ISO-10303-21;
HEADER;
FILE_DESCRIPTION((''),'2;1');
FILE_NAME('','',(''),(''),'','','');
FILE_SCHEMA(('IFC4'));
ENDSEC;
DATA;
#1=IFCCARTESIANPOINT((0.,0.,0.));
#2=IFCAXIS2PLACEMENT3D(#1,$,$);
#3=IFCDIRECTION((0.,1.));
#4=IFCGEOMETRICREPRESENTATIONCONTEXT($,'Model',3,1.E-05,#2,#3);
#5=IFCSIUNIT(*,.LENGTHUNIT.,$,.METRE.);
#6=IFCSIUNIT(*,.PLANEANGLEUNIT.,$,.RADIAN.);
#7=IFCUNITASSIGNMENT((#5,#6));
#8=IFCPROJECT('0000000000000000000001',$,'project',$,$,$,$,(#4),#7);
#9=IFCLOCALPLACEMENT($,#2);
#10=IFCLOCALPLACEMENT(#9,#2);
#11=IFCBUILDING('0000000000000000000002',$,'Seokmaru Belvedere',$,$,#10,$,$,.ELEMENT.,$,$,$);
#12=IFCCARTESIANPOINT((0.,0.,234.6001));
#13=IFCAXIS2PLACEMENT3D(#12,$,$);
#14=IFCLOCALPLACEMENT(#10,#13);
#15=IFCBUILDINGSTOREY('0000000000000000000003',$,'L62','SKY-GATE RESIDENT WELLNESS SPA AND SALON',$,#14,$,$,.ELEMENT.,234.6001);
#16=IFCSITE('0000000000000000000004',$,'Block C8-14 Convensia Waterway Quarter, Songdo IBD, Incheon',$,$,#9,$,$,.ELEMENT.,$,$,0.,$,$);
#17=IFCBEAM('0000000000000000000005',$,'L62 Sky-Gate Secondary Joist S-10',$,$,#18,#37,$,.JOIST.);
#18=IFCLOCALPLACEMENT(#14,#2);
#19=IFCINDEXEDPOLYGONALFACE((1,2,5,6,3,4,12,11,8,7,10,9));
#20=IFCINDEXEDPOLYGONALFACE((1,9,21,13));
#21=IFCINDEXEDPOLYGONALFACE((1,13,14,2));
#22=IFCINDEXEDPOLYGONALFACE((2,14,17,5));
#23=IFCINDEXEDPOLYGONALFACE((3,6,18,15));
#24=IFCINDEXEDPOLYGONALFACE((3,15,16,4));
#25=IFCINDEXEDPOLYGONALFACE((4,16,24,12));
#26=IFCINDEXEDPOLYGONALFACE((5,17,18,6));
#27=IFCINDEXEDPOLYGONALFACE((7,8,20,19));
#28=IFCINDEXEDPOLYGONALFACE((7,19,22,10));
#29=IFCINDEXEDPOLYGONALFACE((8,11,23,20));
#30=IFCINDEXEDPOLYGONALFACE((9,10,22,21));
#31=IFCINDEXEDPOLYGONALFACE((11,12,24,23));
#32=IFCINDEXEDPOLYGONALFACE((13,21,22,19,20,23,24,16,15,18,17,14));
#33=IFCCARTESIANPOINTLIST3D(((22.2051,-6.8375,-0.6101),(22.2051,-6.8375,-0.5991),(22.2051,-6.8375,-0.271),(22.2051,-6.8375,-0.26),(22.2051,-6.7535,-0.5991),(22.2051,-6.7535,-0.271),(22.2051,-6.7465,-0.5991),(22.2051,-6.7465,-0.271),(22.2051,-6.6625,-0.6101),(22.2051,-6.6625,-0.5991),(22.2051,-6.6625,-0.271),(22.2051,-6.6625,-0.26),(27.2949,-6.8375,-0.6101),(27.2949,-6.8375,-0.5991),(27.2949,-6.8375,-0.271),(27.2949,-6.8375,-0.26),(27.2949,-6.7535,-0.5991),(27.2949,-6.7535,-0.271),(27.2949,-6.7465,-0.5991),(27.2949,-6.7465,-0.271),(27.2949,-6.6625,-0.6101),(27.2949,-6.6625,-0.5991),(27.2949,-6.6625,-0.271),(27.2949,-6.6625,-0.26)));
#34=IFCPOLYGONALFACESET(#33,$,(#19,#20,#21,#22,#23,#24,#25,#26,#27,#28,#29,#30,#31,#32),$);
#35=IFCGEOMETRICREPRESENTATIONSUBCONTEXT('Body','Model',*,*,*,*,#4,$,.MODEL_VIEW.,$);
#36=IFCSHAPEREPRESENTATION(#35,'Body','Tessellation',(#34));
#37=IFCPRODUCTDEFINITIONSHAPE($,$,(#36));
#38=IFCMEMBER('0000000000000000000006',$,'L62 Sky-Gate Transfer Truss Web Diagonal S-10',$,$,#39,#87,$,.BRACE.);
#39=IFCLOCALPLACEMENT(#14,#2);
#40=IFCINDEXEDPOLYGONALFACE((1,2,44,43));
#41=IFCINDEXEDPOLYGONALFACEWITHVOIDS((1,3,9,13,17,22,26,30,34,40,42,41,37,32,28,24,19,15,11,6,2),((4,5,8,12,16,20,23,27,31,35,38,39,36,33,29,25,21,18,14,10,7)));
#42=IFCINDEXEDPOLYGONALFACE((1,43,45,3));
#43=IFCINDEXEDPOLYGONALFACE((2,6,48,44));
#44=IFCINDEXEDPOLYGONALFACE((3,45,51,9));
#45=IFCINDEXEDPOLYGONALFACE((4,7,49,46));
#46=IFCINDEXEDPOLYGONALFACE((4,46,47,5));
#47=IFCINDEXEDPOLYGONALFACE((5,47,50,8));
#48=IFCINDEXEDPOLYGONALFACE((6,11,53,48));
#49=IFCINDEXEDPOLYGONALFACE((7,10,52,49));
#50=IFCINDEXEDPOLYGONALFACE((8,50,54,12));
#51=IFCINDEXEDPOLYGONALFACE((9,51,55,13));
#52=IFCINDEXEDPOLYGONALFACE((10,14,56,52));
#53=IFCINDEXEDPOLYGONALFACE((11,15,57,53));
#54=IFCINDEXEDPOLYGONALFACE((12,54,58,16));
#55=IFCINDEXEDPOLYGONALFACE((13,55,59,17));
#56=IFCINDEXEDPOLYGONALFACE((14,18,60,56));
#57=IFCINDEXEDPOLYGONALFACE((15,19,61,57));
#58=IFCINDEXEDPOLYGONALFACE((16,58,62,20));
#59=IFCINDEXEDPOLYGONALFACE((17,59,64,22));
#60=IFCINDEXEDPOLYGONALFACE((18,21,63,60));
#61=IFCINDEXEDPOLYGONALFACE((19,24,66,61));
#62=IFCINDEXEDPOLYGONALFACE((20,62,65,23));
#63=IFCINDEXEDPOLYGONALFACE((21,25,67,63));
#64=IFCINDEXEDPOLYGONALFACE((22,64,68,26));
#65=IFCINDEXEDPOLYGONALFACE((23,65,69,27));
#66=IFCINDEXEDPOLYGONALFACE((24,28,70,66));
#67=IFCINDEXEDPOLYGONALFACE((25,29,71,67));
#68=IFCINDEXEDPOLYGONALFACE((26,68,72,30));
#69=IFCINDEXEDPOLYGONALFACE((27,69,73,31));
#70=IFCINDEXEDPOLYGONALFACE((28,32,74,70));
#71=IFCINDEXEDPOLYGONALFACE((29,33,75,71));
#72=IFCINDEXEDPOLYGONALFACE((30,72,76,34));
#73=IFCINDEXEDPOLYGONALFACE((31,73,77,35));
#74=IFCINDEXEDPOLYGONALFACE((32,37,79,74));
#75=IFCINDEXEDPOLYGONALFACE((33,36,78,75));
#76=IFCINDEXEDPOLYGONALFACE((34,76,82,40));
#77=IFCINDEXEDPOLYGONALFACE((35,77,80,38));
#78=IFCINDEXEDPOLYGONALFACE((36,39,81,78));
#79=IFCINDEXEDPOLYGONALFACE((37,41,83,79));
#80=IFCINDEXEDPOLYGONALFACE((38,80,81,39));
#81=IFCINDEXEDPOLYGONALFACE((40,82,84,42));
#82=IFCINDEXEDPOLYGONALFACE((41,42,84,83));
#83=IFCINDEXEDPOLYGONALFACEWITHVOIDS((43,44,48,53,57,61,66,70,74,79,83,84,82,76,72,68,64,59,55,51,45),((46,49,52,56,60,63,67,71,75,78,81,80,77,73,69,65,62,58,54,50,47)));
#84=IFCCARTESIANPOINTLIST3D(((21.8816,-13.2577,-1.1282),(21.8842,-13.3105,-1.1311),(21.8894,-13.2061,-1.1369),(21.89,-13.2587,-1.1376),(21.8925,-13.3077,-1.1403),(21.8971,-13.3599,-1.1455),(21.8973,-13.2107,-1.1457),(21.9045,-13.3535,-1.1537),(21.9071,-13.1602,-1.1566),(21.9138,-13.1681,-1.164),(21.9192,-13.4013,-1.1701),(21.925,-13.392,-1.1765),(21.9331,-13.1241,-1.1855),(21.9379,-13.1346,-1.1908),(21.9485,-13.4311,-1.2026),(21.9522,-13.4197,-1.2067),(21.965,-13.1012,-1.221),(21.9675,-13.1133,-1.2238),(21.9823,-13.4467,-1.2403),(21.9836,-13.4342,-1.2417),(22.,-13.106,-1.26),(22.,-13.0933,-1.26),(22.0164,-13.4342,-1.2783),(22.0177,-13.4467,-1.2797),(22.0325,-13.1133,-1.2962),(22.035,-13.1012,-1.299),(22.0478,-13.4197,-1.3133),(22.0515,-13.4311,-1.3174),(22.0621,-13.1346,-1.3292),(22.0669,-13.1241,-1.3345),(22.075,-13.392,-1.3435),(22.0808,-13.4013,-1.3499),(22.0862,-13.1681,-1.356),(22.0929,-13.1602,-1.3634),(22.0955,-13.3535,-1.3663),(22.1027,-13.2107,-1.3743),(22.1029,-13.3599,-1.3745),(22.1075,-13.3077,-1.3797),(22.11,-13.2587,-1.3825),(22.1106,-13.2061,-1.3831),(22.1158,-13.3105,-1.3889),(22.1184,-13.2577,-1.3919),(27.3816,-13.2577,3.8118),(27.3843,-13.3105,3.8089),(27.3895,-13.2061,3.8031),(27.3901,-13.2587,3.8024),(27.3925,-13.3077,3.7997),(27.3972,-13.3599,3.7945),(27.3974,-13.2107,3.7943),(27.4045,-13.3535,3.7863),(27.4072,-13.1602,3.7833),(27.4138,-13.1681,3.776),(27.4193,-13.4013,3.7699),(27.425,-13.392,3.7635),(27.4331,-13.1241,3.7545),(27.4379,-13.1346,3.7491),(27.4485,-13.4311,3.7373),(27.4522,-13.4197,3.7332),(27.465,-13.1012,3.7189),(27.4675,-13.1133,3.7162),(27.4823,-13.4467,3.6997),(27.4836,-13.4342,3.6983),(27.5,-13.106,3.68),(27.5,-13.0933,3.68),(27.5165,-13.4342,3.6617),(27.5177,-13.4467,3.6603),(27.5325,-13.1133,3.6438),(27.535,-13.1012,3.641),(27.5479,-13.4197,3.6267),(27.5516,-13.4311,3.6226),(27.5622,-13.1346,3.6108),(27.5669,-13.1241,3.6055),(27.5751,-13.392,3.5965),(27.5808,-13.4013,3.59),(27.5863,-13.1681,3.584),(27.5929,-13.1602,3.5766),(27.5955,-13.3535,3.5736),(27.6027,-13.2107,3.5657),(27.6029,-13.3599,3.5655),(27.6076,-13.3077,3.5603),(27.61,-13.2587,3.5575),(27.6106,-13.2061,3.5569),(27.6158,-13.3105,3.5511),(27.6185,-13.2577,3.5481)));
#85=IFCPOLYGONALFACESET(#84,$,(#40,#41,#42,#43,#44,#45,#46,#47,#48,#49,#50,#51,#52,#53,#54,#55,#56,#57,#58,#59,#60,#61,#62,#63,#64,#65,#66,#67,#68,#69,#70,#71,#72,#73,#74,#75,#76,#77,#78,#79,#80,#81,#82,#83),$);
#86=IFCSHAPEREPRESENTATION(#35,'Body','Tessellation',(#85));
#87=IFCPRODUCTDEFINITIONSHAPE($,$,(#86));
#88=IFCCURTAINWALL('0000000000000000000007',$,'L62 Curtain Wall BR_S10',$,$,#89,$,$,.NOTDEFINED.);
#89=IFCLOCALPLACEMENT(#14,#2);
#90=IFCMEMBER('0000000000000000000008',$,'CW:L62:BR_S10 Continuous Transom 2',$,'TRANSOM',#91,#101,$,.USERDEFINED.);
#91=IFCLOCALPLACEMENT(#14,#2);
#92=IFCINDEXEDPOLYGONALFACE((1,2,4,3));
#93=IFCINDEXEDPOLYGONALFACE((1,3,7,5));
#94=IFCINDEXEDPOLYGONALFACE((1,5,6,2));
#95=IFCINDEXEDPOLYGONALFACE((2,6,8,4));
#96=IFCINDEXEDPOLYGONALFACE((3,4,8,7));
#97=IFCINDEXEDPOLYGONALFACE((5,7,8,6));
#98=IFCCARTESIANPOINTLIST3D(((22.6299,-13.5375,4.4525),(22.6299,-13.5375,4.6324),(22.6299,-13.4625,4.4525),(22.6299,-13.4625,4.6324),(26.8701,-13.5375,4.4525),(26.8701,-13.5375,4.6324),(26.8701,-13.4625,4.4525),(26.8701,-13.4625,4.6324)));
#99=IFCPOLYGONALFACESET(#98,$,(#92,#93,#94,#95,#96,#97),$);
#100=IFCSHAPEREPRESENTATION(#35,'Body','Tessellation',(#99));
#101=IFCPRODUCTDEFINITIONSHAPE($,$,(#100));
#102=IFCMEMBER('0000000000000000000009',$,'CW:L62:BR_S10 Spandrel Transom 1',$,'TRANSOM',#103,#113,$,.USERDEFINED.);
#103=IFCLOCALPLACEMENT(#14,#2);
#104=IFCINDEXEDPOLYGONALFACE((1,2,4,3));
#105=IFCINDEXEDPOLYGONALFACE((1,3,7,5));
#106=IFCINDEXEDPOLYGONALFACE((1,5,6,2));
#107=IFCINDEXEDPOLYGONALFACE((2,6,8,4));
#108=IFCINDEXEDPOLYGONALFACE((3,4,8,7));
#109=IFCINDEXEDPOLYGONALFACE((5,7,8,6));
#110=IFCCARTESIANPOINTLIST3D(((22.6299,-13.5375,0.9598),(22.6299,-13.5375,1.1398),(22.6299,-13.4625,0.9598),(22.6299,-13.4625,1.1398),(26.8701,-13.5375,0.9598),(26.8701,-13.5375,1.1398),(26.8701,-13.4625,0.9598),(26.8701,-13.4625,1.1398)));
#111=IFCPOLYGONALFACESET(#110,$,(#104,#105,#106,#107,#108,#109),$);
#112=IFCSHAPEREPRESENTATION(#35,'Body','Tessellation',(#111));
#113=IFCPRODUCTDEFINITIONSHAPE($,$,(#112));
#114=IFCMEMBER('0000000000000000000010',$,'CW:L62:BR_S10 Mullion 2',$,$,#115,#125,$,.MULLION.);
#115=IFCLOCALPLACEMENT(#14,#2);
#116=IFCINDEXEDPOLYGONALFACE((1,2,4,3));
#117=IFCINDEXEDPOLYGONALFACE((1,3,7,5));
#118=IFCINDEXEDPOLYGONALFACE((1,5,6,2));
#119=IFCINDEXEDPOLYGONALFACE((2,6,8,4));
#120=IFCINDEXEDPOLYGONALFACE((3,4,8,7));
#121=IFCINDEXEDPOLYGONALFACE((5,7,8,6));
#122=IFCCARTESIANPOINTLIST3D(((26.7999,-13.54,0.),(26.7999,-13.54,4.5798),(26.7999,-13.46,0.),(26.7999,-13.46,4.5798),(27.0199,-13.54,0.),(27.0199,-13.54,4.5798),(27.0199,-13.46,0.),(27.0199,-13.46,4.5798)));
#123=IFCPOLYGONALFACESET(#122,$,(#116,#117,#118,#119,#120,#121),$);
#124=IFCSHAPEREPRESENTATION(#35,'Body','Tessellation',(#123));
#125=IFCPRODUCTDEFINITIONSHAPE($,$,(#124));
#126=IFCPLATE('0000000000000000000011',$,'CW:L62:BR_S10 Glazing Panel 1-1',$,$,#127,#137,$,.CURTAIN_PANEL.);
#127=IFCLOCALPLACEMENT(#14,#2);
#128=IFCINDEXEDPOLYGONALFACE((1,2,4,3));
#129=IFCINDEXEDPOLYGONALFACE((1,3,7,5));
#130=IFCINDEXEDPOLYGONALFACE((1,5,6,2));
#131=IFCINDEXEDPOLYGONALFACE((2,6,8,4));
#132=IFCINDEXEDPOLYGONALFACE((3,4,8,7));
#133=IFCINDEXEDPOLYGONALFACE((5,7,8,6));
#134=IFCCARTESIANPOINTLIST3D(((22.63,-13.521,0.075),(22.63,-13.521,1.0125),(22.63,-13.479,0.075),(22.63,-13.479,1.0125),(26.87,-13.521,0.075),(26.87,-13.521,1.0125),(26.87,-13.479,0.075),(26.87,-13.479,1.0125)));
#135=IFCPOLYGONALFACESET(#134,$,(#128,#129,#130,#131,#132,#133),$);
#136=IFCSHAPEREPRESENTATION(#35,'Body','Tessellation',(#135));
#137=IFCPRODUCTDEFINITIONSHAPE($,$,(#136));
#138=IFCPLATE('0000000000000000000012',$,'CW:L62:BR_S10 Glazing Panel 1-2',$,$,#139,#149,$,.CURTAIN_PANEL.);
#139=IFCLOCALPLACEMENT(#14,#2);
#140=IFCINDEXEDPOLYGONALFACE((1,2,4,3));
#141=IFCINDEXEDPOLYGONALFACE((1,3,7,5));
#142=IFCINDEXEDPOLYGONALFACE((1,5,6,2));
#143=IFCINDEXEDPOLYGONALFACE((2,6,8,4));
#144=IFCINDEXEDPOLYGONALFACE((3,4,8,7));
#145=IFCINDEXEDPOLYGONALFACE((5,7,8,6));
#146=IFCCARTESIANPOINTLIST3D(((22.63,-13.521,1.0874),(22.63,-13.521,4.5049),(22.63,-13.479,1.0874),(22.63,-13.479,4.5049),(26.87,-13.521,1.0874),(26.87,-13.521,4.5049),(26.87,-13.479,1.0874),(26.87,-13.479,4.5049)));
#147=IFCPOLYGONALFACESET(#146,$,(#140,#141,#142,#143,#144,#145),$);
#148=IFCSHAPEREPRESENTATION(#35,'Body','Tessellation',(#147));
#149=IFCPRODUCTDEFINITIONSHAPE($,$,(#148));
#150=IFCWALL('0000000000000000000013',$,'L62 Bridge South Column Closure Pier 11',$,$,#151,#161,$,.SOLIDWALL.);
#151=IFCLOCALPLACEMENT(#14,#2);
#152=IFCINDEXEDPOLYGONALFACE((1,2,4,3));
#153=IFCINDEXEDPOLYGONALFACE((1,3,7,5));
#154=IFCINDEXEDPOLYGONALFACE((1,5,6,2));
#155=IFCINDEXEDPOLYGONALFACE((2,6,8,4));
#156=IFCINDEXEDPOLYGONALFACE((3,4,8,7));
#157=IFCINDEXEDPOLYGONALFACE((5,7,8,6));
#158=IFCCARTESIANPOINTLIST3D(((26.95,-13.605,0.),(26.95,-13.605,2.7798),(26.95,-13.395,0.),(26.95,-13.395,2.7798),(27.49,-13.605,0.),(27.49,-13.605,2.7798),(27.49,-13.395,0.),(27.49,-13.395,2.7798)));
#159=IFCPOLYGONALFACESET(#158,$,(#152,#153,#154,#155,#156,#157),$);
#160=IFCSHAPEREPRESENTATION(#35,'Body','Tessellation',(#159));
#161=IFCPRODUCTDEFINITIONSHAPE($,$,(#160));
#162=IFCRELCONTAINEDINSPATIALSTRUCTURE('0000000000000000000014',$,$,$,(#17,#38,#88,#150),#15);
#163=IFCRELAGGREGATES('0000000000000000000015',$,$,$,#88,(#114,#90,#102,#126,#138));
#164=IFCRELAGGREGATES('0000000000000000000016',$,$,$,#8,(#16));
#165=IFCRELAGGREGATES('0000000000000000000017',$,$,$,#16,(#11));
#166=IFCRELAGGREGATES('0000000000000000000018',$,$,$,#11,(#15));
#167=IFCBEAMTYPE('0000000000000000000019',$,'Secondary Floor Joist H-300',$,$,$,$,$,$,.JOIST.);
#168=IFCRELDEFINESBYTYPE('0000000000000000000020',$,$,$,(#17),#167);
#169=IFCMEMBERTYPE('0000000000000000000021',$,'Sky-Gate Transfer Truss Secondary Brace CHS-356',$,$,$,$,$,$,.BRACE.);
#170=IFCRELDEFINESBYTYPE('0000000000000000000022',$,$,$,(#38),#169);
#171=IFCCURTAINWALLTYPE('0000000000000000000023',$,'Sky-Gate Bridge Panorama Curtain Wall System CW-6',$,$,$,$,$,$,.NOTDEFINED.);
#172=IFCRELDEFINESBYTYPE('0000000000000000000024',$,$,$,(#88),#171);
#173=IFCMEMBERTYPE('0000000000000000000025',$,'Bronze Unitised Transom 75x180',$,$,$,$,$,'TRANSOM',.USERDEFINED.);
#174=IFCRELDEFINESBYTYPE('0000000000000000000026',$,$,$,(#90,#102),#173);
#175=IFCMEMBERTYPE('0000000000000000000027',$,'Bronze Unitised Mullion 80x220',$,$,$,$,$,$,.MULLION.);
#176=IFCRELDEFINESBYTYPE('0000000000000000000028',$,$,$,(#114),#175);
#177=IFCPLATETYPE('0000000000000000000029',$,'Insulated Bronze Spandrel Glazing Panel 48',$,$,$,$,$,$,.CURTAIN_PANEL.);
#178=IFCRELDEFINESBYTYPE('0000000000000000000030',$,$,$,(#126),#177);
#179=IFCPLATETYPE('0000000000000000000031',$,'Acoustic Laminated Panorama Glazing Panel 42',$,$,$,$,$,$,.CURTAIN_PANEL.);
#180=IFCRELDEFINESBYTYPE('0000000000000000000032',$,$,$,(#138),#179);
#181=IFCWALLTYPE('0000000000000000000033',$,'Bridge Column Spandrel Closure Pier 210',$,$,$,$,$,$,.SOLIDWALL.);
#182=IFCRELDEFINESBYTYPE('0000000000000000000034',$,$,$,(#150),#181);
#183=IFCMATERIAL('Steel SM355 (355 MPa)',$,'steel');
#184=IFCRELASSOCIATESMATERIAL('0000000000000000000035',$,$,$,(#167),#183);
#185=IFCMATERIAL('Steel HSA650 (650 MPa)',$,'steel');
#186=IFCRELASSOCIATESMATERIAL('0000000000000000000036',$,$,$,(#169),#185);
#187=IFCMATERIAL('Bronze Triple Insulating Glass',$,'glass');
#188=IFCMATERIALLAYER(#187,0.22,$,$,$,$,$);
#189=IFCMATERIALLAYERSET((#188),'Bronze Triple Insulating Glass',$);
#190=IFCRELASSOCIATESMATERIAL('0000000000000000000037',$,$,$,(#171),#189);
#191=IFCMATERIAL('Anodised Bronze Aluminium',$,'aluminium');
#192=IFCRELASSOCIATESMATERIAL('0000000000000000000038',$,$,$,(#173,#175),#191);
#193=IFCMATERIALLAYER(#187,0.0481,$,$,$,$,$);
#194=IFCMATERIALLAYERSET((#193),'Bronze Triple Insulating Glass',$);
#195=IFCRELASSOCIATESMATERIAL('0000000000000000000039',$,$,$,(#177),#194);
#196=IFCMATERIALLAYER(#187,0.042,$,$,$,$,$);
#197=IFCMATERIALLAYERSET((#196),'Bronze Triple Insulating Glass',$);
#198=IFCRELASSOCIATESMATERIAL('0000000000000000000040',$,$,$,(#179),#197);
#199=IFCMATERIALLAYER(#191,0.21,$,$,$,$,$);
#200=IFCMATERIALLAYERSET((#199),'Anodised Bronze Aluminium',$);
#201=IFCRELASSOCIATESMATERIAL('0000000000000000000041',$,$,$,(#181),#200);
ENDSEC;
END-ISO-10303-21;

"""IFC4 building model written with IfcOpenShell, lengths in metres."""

from ifc_helpers import new_model, si_unit, direction, frame, frame_2d, origin, origin_2d, place, context, subcontext, project, spatial, rectangle, hollow_circle, i_section, extrude, source, transform, mapped, material, layer, layer_set, material_profile, profile_set, type_object, type_shapes, element, aggregate, save


model = new_model("IFC4")

# Units and contexts
model_context = context("Model", 3, precision=1e-05, world=origin(), true_north=direction((0.0, 1.0)))
body_context = subcontext(model_context, "Body", "Model", "MODEL_VIEW")
ifc_project = project(units=[si_unit("LENGTHUNIT", "METRE"), si_unit("PLANEANGLEUNIT", "RADIAN")], contexts=[model_context])

# Site, building, storey
site_placement = place(None, origin())
site = spatial("IfcSite", under=ifc_project, at=site_placement, Name="Block C8-14 Convensia Waterway Quarter, Songdo IBD, Incheon", CompositionType="ELEMENT", RefElevation=0.0)
building_placement = place(site_placement, origin())
building = spatial("IfcBuilding", under=site, at=building_placement, Name="Seokmaru Belvedere", CompositionType="ELEMENT")
storey_placement = place(building_placement, frame((0.0, 0.0, 234.6001)))
storey = spatial("IfcBuildingStorey", under=building, at=storey_placement, Name="L62", Description="SKY-GATE RESIDENT WELLNESS SPA AND SALON", CompositionType="ELEMENT", Elevation=234.6001)

# Shared definitions
ifc_material_1 = material(Name="Steel SM355 (355 MPa)", Category="steel")

# Beam
ifc_material_2 = material(Name="Steel HSA650 (650 MPa)", Category="steel")
ifc_material_profile_1 = material_profile(ifc_material_1, i_section(OverallWidth=0.175, OverallDepth=0.3501, WebThickness=0.0071, FlangeThickness=0.011, at=origin_2d()), Name="H-350x175x7x11")
ifc_profile_set_1 = profile_set([ifc_material_profile_1], Name="Steel SM355 (355 MPa)")
beam_type_1 = type_object("IfcBeamType", Name="Secondary Floor Joist H-300", PredefinedType="JOIST", material=ifc_profile_set_1)
shared_shape_1 = source(origin(), body_context, "Body", "SweptSolid", [
    extrude(i_section(OverallWidth=0.175, OverallDepth=0.3501, WebThickness=0.0071, FlangeThickness=0.011, at=origin_2d()), origin(), (0.0, 0.0, 1.0), 5.0898),
])
type_shapes(beam_type_1, [shared_shape_1])
for number, where, z_axis, x_axis, name in (
    (1, (22.2051, -6.75, -0.4351), (1.0, 0.0, 0.0), (0.0, 1.0, 0.0), "L62 Sky-Gate Secondary Joist S-10"),
):
    element("IfcBeam", number, at=place(storey_placement, frame(where, z_axis=z_axis, x_axis=x_axis)), inside=storey, type_object=beam_type_1, Name=name, PredefinedType="JOIST", context=body_context, shape_type="MappedRepresentation", body=[
        mapped(shared_shape_1, transform((0.0, 0.0, 0.0), scale=1.0)),
    ])

# Member
ifc_material_profile_2 = material_profile(ifc_material_2, hollow_circle(Radius=0.1777, WallThickness=0.0127, at=origin_2d()), Name="CHS-355.6x12.7")
ifc_profile_set_2 = profile_set([ifc_material_profile_2], Name="Steel HSA650 (650 MPa)")
member_type_1 = type_object("IfcMemberType", Name="Sky-Gate Transfer Truss Secondary Brace CHS-356", PredefinedType="BRACE", material=ifc_profile_set_2)
shared_shape_2 = source(origin(), body_context, "Body", "SweptSolid", [
    extrude(hollow_circle(Radius=0.1777, WallThickness=0.0127, at=origin_2d()), origin(), (0.0, 0.0, 1.0), 7.3928),
])
type_shapes(member_type_1, [shared_shape_2])
member_1_placement = place(storey_placement, frame((22.0, -13.271, -1.26), z_axis=(0.74397, 0.0, 0.668213), x_axis=(0.0, 1.0, 0.0)))
element("IfcMember", 2, at=member_1_placement, inside=storey, type_object=member_type_1, Name="L62 Sky-Gate Transfer Truss Web Diagonal S-10", PredefinedType="BRACE", context=body_context, shape_type="MappedRepresentation", body=[
    mapped(shared_shape_2, transform((0.0, 0.0, 0.0), scale=1.0)),
])

# Curtain wall, members, plates
ifc_material_3 = material(Name="Bronze Triple Insulating Glass", Category="glass")
ifc_layer_1 = layer(ifc_material_3, 0.22)
ifc_layer_set_1 = layer_set([ifc_layer_1], Name="Bronze Triple Insulating Glass")
curtain_wall_type = type_object("IfcCurtainWallType", Name="Sky-Gate Bridge Panorama Curtain Wall System CW-6", PredefinedType="NOTDEFINED", material=ifc_layer_set_1)
curtain_wall_placement = place(storey_placement, origin())
curtain_wall = element("IfcCurtainWall", 3, at=curtain_wall_placement, inside=storey, type_object=curtain_wall_type, Name="L62 Curtain Wall BR_S10", PredefinedType="NOTDEFINED")
ifc_material_4 = material(Name="Anodised Bronze Aluminium", Category="aluminium")
ifc_material_profile_3 = material_profile(ifc_material_4, rectangle(XDim=0.075, YDim=0.1799, at=origin_2d()), Name="CW-T-75x180")
ifc_profile_set_3 = profile_set([ifc_material_profile_3], Name="Anodised Bronze Aluminium")
member_type_2 = type_object("IfcMemberType", Name="Bronze Unitised Transom 75x180", ElementType="TRANSOM", PredefinedType="USERDEFINED", material=ifc_profile_set_3)
shared_shape_3 = source(origin(), body_context, "Body", "SweptSolid", [
    extrude(rectangle(XDim=0.075, YDim=0.1799, at=origin_2d()), origin(), (0.0, 0.0, 1.0), 4.2402),
])
type_shapes(member_type_2, [shared_shape_3])
member_2_placement = place(storey_placement, frame((22.6299, -13.5, 4.5425), z_axis=(1.0, 0.0, 0.0), x_axis=(0.0, 1.0, 0.0)))
member_2 = element("IfcMember", 4, at=member_2_placement, type_object=member_type_2, Name="CW:L62:BR_S10 Continuous Transom 2", ObjectType="TRANSOM", PredefinedType="USERDEFINED", context=body_context, shape_type="MappedRepresentation", body=[
    mapped(shared_shape_3, transform((0.0, 0.0, 0.0), scale=1.0)),
])
member_3_placement = place(storey_placement, frame((22.6299, -13.5, 1.0498), z_axis=(1.0, 0.0, 0.0), x_axis=(0.0, 1.0, 0.0)))
member_3 = element("IfcMember", 5, at=member_3_placement, type_object=member_type_2, Name="CW:L62:BR_S10 Spandrel Transom 1", ObjectType="TRANSOM", PredefinedType="USERDEFINED", context=body_context, shape_type="MappedRepresentation", body=[
    mapped(shared_shape_3, transform((0.0, 0.0, 0.0), scale=1.0)),
])
ifc_material_profile_4 = material_profile(ifc_material_4, rectangle(XDim=0.0801, YDim=0.22, at=origin_2d()), Name="CW-M-80x220")
ifc_profile_set_4 = profile_set([ifc_material_profile_4], Name="Anodised Bronze Aluminium")
member_type_3 = type_object("IfcMemberType", Name="Bronze Unitised Mullion 80x220", PredefinedType="MULLION", material=ifc_profile_set_4)
shared_shape_4 = source(origin(), body_context, "Body", "SweptSolid", [
    extrude(rectangle(XDim=0.0801, YDim=0.22, at=origin_2d()), origin(), (0.0, 0.0, 1.0), 4.5798),
])
type_shapes(member_type_3, [shared_shape_4])
member_4_placement = place(storey_placement, frame((26.9099, -13.5, 0.0), z_axis=(0.0, 0.0, 1.0), x_axis=(0.0, 1.0, 0.0)))
member_4 = element("IfcMember", 6, at=member_4_placement, type_object=member_type_3, Name="CW:L62:BR_S10 Mullion 2", PredefinedType="MULLION", context=body_context, shape_type="MappedRepresentation", body=[
    mapped(shared_shape_4, transform((0.0, 0.0, 0.0), scale=1.0)),
])
ifc_layer_2 = layer(ifc_material_3, 0.0481)
ifc_layer_set_2 = layer_set([ifc_layer_2], Name="Bronze Triple Insulating Glass")
plate_type_1 = type_object("IfcPlateType", Name="Insulated Bronze Spandrel Glazing Panel 48", PredefinedType="CURTAIN_PANEL", material=ifc_layer_set_2)
shared_shape_5 = source(origin(), body_context, "Body", "SweptSolid", [
    extrude(rectangle(XDim=4.24, YDim=0.042, at=origin_2d()), origin(), (0.0, 0.0, 1.0), 0.9375),
])
type_shapes(plate_type_1, [shared_shape_5])
plate_1_placement = place(storey_placement, frame((24.75, -13.5, 0.075), z_axis=(0.0, 0.0, 1.0), x_axis=(1.0, 0.0, 0.0)))
plate_1 = element("IfcPlate", 7, at=plate_1_placement, type_object=plate_type_1, Name="CW:L62:BR_S10 Glazing Panel 1-1", PredefinedType="CURTAIN_PANEL", context=body_context, shape_type="MappedRepresentation", body=[
    mapped(shared_shape_5, transform((0.0, 0.0, 0.0), scale=1.0)),
])
ifc_layer_3 = layer(ifc_material_3, 0.042)
ifc_layer_set_3 = layer_set([ifc_layer_3], Name="Bronze Triple Insulating Glass")
plate_type_2 = type_object("IfcPlateType", Name="Acoustic Laminated Panorama Glazing Panel 42", PredefinedType="CURTAIN_PANEL", material=ifc_layer_set_3)
shared_shape_6 = source(origin(), body_context, "Body", "SweptSolid", [
    extrude(rectangle(XDim=4.24, YDim=0.042, at=origin_2d()), origin(), (0.0, 0.0, 1.0), 3.4175),
])
type_shapes(plate_type_2, [shared_shape_6])
plate_2_placement = place(storey_placement, frame((24.75, -13.5, 1.0874), z_axis=(0.0, 0.0, 1.0), x_axis=(1.0, 0.0, 0.0)))
plate_2 = element("IfcPlate", 8, at=plate_2_placement, type_object=plate_type_2, Name="CW:L62:BR_S10 Glazing Panel 1-2", PredefinedType="CURTAIN_PANEL", context=body_context, shape_type="MappedRepresentation", body=[
    mapped(shared_shape_6, transform((0.0, 0.0, 0.0), scale=1.0)),
])
aggregate(curtain_wall, [member_4, member_2, member_3, plate_1, plate_2])

# Wall
ifc_layer_4 = layer(ifc_material_4, 0.21)
ifc_layer_set_4 = layer_set([ifc_layer_4], Name="Anodised Bronze Aluminium")
wall_type_1 = type_object("IfcWallType", Name="Bridge Column Spandrel Closure Pier 210", PredefinedType="SOLIDWALL", material=ifc_layer_set_4)
wall_1_placement = place(storey_placement, frame((26.95, -13.5, 0.0), z_axis=(0.0, 0.0, 1.0), x_axis=(1.0, 0.0, 0.0)))
element("IfcWall", 9, at=wall_1_placement, inside=storey, type_object=wall_type_1, Name="L62 Bridge South Column Closure Pier 11", PredefinedType="SOLIDWALL", context=body_context, shape_type="SweptSolid", body=[
    extrude(rectangle(XDim=0.54, YDim=0.21, at=frame_2d((0.27, 0.0))), origin(), (0.0, 0.0, 1.0), 2.7798),
])

save(model, "model.ifc")
